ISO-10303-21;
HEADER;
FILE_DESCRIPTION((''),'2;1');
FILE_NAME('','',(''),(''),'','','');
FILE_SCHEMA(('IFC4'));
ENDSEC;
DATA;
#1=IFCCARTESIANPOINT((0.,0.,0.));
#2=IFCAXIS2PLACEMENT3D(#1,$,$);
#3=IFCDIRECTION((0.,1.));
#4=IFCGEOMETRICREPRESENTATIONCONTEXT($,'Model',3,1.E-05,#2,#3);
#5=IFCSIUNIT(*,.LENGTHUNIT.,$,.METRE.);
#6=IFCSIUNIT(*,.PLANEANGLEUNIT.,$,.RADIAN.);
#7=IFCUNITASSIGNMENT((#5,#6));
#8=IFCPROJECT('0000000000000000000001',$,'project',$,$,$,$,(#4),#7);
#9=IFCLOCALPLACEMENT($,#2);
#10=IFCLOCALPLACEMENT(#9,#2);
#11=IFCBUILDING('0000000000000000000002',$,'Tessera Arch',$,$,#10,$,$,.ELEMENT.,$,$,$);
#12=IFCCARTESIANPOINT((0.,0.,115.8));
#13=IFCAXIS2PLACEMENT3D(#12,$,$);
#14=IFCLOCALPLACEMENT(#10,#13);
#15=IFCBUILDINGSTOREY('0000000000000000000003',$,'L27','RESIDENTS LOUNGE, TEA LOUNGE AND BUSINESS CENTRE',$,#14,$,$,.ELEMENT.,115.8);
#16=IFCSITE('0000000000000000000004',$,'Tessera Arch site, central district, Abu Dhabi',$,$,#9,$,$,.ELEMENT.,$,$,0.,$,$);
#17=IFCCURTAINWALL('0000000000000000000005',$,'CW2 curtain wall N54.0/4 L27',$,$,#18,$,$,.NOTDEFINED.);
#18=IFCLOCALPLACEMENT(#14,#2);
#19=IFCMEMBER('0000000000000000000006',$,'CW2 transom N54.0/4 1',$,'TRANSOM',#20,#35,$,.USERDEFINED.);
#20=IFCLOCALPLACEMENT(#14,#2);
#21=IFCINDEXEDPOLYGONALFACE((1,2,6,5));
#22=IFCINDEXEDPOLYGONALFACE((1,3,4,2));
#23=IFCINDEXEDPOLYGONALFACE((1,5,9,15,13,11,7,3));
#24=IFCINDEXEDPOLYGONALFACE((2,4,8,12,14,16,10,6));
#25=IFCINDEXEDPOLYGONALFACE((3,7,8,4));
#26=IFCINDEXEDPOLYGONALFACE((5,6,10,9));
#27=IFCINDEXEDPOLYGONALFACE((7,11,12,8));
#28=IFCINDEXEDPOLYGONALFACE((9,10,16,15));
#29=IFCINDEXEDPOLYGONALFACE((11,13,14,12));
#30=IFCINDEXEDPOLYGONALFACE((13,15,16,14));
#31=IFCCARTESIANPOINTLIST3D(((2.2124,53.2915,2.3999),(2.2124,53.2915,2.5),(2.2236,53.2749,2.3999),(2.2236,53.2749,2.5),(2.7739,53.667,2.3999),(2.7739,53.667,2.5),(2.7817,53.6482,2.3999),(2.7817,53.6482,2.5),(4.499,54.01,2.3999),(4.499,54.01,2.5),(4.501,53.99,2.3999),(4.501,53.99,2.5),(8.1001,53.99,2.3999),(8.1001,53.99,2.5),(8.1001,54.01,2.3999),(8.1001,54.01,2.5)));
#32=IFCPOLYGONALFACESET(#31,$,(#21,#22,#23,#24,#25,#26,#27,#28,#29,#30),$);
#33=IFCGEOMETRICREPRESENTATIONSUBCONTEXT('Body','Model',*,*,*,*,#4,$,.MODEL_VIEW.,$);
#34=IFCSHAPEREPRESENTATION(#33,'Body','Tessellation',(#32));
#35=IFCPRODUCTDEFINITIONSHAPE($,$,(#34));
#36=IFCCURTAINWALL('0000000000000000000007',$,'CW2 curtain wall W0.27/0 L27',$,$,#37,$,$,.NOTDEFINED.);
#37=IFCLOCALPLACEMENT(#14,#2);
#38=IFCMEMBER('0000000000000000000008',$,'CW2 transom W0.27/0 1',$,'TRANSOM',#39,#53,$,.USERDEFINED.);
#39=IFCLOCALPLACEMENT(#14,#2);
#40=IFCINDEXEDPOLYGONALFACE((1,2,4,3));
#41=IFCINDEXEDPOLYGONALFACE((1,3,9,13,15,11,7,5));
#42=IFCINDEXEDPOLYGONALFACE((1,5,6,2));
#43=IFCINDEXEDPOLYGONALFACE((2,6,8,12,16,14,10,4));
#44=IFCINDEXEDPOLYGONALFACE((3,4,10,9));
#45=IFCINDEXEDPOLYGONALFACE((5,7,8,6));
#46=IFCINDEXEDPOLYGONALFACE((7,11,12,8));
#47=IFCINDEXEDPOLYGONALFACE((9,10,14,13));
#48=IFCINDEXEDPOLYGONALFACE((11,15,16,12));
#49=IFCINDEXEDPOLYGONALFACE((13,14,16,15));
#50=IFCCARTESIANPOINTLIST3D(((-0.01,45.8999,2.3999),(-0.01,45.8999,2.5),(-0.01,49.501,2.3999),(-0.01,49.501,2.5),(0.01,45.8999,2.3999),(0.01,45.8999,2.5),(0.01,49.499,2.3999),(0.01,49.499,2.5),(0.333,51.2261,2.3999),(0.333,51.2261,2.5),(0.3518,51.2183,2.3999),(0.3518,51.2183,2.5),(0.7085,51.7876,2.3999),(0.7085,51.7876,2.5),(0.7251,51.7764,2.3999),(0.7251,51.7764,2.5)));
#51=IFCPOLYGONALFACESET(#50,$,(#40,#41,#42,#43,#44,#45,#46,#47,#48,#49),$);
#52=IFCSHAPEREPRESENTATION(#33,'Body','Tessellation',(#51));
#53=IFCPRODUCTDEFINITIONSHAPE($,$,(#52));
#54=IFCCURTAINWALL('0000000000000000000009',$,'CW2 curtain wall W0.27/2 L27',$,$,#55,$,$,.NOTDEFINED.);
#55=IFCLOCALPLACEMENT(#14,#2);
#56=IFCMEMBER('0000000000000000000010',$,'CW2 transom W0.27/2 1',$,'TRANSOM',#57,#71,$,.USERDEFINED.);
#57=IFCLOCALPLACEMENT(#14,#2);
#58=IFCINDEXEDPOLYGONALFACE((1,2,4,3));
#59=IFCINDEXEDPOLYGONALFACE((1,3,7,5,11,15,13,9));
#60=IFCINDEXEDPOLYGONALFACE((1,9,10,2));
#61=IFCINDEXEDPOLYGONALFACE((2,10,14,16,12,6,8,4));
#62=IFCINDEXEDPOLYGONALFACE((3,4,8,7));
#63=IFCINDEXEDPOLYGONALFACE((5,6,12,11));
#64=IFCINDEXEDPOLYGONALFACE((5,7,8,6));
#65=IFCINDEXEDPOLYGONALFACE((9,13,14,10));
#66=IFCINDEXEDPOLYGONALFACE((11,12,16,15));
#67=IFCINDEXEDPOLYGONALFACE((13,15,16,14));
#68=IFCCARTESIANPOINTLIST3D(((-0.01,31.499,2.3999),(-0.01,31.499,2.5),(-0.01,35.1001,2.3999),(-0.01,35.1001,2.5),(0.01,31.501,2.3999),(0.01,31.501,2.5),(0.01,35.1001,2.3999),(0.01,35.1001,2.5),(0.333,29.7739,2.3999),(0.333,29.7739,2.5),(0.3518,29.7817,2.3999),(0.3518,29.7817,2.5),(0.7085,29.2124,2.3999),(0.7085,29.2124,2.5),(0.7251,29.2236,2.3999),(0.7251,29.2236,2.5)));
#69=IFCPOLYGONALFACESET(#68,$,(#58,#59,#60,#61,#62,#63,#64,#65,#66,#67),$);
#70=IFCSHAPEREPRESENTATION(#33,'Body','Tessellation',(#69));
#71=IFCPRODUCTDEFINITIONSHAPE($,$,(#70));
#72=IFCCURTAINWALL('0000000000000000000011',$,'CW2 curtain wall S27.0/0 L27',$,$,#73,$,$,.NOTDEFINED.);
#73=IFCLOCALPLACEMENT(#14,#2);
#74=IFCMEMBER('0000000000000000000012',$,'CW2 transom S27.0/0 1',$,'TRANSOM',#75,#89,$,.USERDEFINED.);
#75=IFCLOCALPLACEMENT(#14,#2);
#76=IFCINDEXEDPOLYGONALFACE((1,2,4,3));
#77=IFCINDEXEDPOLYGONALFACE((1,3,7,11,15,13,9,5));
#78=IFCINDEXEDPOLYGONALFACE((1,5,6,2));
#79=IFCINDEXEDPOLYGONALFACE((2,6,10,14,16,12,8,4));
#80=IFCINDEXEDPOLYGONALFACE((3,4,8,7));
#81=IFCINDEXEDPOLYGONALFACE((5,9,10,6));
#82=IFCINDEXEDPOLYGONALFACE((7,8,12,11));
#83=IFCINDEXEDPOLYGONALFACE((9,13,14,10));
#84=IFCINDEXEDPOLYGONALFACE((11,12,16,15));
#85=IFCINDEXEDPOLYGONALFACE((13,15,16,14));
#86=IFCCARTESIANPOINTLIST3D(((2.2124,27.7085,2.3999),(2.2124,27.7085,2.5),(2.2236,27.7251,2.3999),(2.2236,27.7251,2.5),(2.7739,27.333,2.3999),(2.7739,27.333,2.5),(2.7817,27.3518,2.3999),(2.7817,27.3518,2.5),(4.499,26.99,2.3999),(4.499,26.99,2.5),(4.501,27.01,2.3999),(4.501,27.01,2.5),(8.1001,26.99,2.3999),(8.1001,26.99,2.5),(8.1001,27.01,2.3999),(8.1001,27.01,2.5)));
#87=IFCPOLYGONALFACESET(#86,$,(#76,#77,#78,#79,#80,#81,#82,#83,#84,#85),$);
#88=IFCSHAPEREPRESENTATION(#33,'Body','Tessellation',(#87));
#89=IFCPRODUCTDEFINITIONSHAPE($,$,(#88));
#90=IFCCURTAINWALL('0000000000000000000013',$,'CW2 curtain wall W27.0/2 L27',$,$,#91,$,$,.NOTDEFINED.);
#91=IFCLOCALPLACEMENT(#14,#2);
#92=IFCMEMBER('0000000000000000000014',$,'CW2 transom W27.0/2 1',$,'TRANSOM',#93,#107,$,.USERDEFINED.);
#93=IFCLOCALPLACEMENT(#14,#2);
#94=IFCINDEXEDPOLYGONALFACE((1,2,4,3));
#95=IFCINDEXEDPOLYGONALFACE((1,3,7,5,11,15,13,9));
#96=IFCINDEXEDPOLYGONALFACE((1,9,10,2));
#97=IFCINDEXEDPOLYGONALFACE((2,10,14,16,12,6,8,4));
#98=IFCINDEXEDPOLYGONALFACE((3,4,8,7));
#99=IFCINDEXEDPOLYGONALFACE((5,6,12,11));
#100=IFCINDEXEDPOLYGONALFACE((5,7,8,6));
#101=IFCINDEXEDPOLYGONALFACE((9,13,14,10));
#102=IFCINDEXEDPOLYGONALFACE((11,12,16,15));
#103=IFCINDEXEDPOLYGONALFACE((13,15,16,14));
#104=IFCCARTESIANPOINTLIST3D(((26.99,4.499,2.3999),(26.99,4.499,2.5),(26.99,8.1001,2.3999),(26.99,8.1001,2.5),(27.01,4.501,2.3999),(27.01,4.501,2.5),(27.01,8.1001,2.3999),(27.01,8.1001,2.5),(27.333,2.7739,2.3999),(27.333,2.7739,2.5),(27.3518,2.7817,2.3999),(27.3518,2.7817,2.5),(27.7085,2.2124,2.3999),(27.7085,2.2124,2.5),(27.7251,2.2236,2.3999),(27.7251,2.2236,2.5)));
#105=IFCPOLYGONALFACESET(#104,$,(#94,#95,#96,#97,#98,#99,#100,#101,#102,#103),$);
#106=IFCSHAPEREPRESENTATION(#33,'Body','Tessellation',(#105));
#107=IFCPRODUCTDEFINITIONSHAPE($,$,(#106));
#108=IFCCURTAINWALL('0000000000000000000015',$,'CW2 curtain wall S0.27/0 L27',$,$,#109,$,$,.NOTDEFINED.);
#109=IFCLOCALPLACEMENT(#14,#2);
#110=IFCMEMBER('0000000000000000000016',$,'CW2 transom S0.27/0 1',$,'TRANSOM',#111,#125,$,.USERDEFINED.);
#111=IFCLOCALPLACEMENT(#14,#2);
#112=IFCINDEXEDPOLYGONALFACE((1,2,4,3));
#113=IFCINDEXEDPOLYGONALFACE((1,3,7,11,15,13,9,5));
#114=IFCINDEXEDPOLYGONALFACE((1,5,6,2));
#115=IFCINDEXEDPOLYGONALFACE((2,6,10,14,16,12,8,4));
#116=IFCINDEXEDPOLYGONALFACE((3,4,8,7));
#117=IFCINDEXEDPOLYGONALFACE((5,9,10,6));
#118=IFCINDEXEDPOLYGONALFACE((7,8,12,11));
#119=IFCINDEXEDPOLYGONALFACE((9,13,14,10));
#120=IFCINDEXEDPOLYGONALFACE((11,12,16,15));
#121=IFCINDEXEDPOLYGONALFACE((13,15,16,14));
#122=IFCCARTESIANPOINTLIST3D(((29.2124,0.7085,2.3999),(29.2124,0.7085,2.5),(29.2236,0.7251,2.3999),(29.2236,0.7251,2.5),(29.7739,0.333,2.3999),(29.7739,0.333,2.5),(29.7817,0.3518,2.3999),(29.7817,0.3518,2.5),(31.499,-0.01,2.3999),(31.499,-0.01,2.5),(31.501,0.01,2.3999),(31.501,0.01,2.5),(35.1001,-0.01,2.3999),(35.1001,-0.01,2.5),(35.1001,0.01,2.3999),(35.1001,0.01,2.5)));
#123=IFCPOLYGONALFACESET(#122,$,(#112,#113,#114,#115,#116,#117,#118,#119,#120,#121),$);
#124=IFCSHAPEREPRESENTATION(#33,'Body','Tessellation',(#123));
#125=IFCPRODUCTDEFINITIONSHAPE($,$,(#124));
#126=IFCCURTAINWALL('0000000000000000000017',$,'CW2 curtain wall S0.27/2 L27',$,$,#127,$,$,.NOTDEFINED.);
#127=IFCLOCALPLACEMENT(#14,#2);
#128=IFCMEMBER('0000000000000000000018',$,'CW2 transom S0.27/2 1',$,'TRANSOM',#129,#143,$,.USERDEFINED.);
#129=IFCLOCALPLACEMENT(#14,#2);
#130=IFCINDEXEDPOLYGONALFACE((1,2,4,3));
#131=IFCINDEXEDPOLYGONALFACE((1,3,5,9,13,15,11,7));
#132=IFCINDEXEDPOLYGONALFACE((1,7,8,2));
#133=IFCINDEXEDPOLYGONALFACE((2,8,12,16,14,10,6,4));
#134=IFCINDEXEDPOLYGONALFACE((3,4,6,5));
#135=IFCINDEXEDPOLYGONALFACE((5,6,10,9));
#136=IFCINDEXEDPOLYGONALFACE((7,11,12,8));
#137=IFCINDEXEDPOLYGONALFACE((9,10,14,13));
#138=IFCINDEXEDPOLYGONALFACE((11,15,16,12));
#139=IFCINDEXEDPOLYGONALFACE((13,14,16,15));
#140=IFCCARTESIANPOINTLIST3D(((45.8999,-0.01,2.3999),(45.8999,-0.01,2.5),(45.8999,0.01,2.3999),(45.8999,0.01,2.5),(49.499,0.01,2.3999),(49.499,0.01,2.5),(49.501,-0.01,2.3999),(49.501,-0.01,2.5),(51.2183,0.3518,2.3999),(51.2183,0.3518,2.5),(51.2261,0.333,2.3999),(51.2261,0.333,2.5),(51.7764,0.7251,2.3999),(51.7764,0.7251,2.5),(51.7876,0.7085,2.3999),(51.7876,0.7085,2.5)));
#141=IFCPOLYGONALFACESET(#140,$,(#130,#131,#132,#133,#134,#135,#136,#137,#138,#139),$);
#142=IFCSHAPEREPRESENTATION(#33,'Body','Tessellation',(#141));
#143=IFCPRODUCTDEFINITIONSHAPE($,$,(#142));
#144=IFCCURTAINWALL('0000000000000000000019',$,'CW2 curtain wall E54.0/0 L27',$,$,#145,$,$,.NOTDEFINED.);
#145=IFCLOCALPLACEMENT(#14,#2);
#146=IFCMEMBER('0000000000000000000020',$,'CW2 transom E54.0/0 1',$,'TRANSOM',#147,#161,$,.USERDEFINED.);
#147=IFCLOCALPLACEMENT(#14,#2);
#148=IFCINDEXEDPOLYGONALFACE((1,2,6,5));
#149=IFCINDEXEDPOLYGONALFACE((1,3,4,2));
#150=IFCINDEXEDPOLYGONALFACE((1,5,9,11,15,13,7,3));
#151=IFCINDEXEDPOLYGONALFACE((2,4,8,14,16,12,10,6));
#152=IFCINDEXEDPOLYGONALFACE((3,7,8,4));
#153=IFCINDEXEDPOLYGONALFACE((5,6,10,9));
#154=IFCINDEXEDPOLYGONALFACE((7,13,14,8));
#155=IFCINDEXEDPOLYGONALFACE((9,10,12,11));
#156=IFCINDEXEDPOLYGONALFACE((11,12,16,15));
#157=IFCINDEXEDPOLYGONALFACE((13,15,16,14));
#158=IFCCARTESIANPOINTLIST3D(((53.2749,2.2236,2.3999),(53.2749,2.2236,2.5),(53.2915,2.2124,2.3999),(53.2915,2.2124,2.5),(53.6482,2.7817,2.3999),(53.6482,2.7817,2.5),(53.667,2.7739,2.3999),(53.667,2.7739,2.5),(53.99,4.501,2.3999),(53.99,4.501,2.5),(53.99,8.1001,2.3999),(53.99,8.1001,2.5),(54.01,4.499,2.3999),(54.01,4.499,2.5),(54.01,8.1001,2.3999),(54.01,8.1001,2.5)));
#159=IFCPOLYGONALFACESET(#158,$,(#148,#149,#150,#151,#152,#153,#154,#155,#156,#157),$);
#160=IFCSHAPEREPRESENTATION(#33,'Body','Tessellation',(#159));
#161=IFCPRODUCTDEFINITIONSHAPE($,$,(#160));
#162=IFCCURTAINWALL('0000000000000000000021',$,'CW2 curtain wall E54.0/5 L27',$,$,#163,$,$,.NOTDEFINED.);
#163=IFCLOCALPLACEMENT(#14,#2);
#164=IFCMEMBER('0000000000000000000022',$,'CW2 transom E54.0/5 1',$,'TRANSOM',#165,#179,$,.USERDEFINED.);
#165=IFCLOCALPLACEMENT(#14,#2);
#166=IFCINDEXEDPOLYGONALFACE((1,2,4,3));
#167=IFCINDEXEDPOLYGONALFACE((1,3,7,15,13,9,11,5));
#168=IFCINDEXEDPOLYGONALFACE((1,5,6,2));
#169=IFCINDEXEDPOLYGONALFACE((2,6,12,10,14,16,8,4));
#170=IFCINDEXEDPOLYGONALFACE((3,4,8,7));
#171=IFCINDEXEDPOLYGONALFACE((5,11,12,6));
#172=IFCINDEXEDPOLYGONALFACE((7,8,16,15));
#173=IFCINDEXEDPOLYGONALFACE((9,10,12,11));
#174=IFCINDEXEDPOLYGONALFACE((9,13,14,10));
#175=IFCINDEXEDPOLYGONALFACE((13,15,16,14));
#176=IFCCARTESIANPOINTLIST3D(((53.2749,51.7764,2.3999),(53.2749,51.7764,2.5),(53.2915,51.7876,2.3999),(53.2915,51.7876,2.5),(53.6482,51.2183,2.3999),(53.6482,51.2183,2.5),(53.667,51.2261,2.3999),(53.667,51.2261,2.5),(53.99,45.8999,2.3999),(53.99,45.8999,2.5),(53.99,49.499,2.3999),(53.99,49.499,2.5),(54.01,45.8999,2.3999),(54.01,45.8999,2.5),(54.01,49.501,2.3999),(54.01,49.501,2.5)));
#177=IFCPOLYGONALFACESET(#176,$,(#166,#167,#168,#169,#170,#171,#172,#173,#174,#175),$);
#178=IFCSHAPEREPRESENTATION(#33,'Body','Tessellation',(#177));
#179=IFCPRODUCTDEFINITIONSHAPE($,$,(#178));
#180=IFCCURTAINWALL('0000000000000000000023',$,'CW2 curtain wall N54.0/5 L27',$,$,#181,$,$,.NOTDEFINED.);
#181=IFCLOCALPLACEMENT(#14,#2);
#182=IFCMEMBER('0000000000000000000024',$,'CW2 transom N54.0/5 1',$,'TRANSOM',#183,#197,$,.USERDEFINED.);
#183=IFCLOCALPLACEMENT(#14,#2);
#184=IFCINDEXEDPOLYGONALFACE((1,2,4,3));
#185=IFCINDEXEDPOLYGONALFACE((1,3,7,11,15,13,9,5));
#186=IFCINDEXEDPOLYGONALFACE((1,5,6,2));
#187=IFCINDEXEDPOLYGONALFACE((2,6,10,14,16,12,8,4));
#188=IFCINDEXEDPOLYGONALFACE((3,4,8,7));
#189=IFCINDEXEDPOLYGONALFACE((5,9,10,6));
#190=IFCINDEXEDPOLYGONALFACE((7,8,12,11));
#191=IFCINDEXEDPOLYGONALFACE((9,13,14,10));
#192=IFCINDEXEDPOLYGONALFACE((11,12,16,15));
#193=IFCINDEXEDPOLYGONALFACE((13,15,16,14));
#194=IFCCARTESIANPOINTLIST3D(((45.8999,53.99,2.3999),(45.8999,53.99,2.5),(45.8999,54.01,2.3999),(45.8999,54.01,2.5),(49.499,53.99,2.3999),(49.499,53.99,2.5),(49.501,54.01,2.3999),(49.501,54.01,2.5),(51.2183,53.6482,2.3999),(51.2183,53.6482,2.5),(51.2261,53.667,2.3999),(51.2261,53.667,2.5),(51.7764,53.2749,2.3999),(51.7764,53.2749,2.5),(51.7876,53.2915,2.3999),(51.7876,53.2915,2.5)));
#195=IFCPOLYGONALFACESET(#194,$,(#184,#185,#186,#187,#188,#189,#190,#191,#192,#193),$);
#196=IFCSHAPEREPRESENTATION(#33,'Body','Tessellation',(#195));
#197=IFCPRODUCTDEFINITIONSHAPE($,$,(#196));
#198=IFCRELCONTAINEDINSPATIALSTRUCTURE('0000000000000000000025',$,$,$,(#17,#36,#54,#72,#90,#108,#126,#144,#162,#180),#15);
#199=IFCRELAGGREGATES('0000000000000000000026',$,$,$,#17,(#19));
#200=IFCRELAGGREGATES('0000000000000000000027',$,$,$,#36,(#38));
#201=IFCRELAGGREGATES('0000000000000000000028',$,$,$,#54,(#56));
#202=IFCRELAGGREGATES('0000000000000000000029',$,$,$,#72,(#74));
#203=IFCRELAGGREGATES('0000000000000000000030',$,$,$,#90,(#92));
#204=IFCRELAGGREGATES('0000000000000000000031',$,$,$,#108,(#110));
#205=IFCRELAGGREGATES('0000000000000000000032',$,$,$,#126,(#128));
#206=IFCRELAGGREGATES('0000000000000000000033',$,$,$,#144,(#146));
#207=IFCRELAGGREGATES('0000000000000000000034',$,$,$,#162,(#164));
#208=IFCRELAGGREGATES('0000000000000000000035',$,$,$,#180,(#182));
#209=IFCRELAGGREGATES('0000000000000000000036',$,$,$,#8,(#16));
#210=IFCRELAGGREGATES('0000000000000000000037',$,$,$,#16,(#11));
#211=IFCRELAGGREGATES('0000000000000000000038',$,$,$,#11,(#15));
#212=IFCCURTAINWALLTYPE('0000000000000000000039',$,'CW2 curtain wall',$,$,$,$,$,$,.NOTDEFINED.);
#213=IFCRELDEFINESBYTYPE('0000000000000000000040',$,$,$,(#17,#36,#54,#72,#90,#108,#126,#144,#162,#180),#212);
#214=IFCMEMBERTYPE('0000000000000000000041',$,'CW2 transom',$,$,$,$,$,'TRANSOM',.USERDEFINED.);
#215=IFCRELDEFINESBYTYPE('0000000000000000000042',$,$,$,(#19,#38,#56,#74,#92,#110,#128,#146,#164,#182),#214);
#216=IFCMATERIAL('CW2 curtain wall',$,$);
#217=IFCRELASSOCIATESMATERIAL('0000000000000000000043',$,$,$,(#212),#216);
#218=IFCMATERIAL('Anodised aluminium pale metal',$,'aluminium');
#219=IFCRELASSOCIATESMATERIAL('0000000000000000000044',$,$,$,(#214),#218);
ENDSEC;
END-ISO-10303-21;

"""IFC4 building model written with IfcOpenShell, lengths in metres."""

from ifc_helpers import new_model, si_unit, direction, frame, origin, origin_2d, place, context, subcontext, project, spatial, polyline, rectangle, outline, extrude, material, material_profile, profile_set, type_object, element, aggregate, save


model = new_model("IFC4")

# Units and contexts
model_context = context("Model", 3, precision=1e-05, world=origin(), true_north=direction((0.0, 1.0)))
body_context = subcontext(model_context, "Body", "Model", "MODEL_VIEW")
ifc_project = project(units=[si_unit("LENGTHUNIT", "METRE"), si_unit("PLANEANGLEUNIT", "RADIAN")], contexts=[model_context])

# Site, building, storey
site_placement = place(None, origin())
site = spatial("IfcSite", under=ifc_project, at=site_placement, Name="Tessera Arch site, central district, Abu Dhabi", CompositionType="ELEMENT", RefElevation=0.0)
building_placement = place(site_placement, origin())
building = spatial("IfcBuilding", under=site, at=building_placement, Name="Tessera Arch", CompositionType="ELEMENT")
storey_placement = place(building_placement, frame((0.0, 0.0, 115.8)))
storey = spatial("IfcBuildingStorey", under=building, at=storey_placement, Name="L27", Description="RESIDENTS LOUNGE, TEA LOUNGE AND BUSINESS CENTRE", CompositionType="ELEMENT", Elevation=115.8)

# Curtain walls, members
ifc_material_1 = material(Name="CW2 curtain wall")
curtain_wall_type = type_object("IfcCurtainWallType", Name="CW2 curtain wall", PredefinedType="NOTDEFINED", material=ifc_material_1)
curtain_wall_1_placement = place(storey_placement, origin())
curtain_wall_1 = element("IfcCurtainWall", 1, at=curtain_wall_1_placement, inside=storey, type_object=curtain_wall_type, Name="CW2 curtain wall N54.0/4 L27", PredefinedType="NOTDEFINED")
ifc_material_2 = material(Name="Anodised aluminium pale metal", Category="aluminium")
ifc_material_profile = material_profile(ifc_material_2, rectangle(XDim=0.2, YDim=0.1001, at=origin_2d()), Name="AL 200x100")
ifc_profile_set = profile_set([ifc_material_profile], Name="Anodised aluminium pale metal")
member_type = type_object("IfcMemberType", Name="CW2 transom", ElementType="TRANSOM", PredefinedType="USERDEFINED", material=ifc_profile_set)
member_1_placement = place(storey_placement, frame((0.0, 0.0, 2.3999)))
member_1 = element("IfcMember", 2, at=member_1_placement, type_object=member_type, Name="CW2 transom N54.0/4 1", ObjectType="TRANSOM", PredefinedType="USERDEFINED", context=body_context, shape_type="SweptSolid", body=[
    extrude(outline(polyline([(4.501, 53.99), (8.1001, 53.99), (8.1001, 54.01), (4.499, 54.01), (2.7739, 53.667), (2.2124, 53.2915), (2.2236, 53.2749), (2.7817, 53.6482), (4.501, 53.99)])), origin(), (0.0, 0.0, 1.0), 0.1001),
])
curtain_wall_2_placement = place(storey_placement, origin())
curtain_wall_2 = element("IfcCurtainWall", 3, at=curtain_wall_2_placement, inside=storey, type_object=curtain_wall_type, Name="CW2 curtain wall W0.27/0 L27", PredefinedType="NOTDEFINED")
member_2_placement = place(storey_placement, frame((0.0, 0.0, 2.3999)))
member_2 = element("IfcMember", 4, at=member_2_placement, type_object=member_type, Name="CW2 transom W0.27/0 1", ObjectType="TRANSOM", PredefinedType="USERDEFINED", context=body_context, shape_type="SweptSolid", body=[
    extrude(outline(polyline([(0.3518, 51.2183), (0.7251, 51.7764), (0.7085, 51.7876), (0.333, 51.2261), (-0.01, 49.501), (-0.01, 45.8999), (0.01, 45.8999), (0.01, 49.499), (0.3518, 51.2183)])), origin(), (0.0, 0.0, 1.0), 0.1001),
])
curtain_wall_3_placement = place(storey_placement, origin())
curtain_wall_3 = element("IfcCurtainWall", 5, at=curtain_wall_3_placement, inside=storey, type_object=curtain_wall_type, Name="CW2 curtain wall W0.27/2 L27", PredefinedType="NOTDEFINED")
member_3_placement = place(storey_placement, frame((0.0, 0.0, 2.3999)))
member_3 = element("IfcMember", 6, at=member_3_placement, type_object=member_type, Name="CW2 transom W0.27/2 1", ObjectType="TRANSOM", PredefinedType="USERDEFINED", context=body_context, shape_type="SweptSolid", body=[
    extrude(outline(polyline([(0.01, 31.501), (0.01, 35.1001), (-0.01, 35.1001), (-0.01, 31.499), (0.333, 29.7739), (0.7085, 29.2124), (0.7251, 29.2236), (0.3518, 29.7817), (0.01, 31.501)])), origin(), (0.0, 0.0, 1.0), 0.1001),
])
curtain_wall_4_placement = place(storey_placement, origin())
curtain_wall_4 = element("IfcCurtainWall", 7, at=curtain_wall_4_placement, inside=storey, type_object=curtain_wall_type, Name="CW2 curtain wall S27.0/0 L27", PredefinedType="NOTDEFINED")
member_4_placement = place(storey_placement, frame((0.0, 0.0, 2.3999)))
member_4 = element("IfcMember", 8, at=member_4_placement, type_object=member_type, Name="CW2 transom S27.0/0 1", ObjectType="TRANSOM", PredefinedType="USERDEFINED", context=body_context, shape_type="SweptSolid", body=[
    extrude(outline(polyline([(2.7817, 27.3518), (2.2236, 27.7251), (2.2124, 27.7085), (2.7739, 27.333), (4.499, 26.99), (8.1001, 26.99), (8.1001, 27.01), (4.501, 27.01), (2.7817, 27.3518)])), origin(), (0.0, 0.0, 1.0), 0.1001),
])
curtain_wall_5_placement = place(storey_placement, origin())
curtain_wall_5 = element("IfcCurtainWall", 9, at=curtain_wall_5_placement, inside=storey, type_object=curtain_wall_type, Name="CW2 curtain wall W27.0/2 L27", PredefinedType="NOTDEFINED")
member_5_placement = place(storey_placement, frame((0.0, 0.0, 2.3999)))
member_5 = element("IfcMember", 10, at=member_5_placement, type_object=member_type, Name="CW2 transom W27.0/2 1", ObjectType="TRANSOM", PredefinedType="USERDEFINED", context=body_context, shape_type="SweptSolid", body=[
    extrude(outline(polyline([(27.01, 4.501), (27.01, 8.1001), (26.99, 8.1001), (26.99, 4.499), (27.333, 2.7739), (27.7085, 2.2124), (27.7251, 2.2236), (27.3518, 2.7817), (27.01, 4.501)])), origin(), (0.0, 0.0, 1.0), 0.1001),
])
curtain_wall_6_placement = place(storey_placement, origin())
curtain_wall_6 = element("IfcCurtainWall", 11, at=curtain_wall_6_placement, inside=storey, type_object=curtain_wall_type, Name="CW2 curtain wall S0.27/0 L27", PredefinedType="NOTDEFINED")
member_6_placement = place(storey_placement, frame((0.0, 0.0, 2.3999)))
member_6 = element("IfcMember", 12, at=member_6_placement, type_object=member_type, Name="CW2 transom S0.27/0 1", ObjectType="TRANSOM", PredefinedType="USERDEFINED", context=body_context, shape_type="SweptSolid", body=[
    extrude(outline(polyline([(29.7817, 0.3518), (29.2236, 0.7251), (29.2124, 0.7085), (29.7739, 0.333), (31.499, -0.01), (35.1001, -0.01), (35.1001, 0.01), (31.501, 0.01), (29.7817, 0.3518)])), origin(), (0.0, 0.0, 1.0), 0.1001),
])
curtain_wall_7_placement = place(storey_placement, origin())
curtain_wall_7 = element("IfcCurtainWall", 13, at=curtain_wall_7_placement, inside=storey, type_object=curtain_wall_type, Name="CW2 curtain wall S0.27/2 L27", PredefinedType="NOTDEFINED")
member_7_placement = place(storey_placement, frame((0.0, 0.0, 2.3999)))
member_7 = element("IfcMember", 14, at=member_7_placement, type_object=member_type, Name="CW2 transom S0.27/2 1", ObjectType="TRANSOM", PredefinedType="USERDEFINED", context=body_context, shape_type="SweptSolid", body=[
    extrude(outline(polyline([(49.499, 0.01), (45.8999, 0.01), (45.8999, -0.01), (49.501, -0.01), (51.2261, 0.333), (51.7876, 0.7085), (51.7764, 0.7251), (51.2183, 0.3518), (49.499, 0.01)])), origin(), (0.0, 0.0, 1.0), 0.1001),
])
curtain_wall_8_placement = place(storey_placement, origin())
curtain_wall_8 = element("IfcCurtainWall", 15, at=curtain_wall_8_placement, inside=storey, type_object=curtain_wall_type, Name="CW2 curtain wall E54.0/0 L27", PredefinedType="NOTDEFINED")
member_8_placement = place(storey_placement, frame((0.0, 0.0, 2.3999)))
member_8 = element("IfcMember", 16, at=member_8_placement, type_object=member_type, Name="CW2 transom E54.0/0 1", ObjectType="TRANSOM", PredefinedType="USERDEFINED", context=body_context, shape_type="SweptSolid", body=[
    extrude(outline(polyline([(53.6482, 2.7817), (53.2749, 2.2236), (53.2915, 2.2124), (53.667, 2.7739), (54.01, 4.499), (54.01, 8.1001), (53.99, 8.1001), (53.99, 4.501), (53.6482, 2.7817)])), origin(), (0.0, 0.0, 1.0), 0.1001),
])
curtain_wall_9_placement = place(storey_placement, origin())
curtain_wall_9 = element("IfcCurtainWall", 17, at=curtain_wall_9_placement, inside=storey, type_object=curtain_wall_type, Name="CW2 curtain wall E54.0/5 L27", PredefinedType="NOTDEFINED")
member_9_placement = place(storey_placement, frame((0.0, 0.0, 2.3999)))
member_9 = element("IfcMember", 18, at=member_9_placement, type_object=member_type, Name="CW2 transom E54.0/5 1", ObjectType="TRANSOM", PredefinedType="USERDEFINED", context=body_context, shape_type="SweptSolid", body=[
    extrude(outline(polyline([(53.99, 49.499), (53.99, 45.8999), (54.01, 45.8999), (54.01, 49.501), (53.667, 51.2261), (53.2915, 51.7876), (53.2749, 51.7764), (53.6482, 51.2183), (53.99, 49.499)])), origin(), (0.0, 0.0, 1.0), 0.1001),
])
curtain_wall_10_placement = place(storey_placement, origin())
curtain_wall_10 = element("IfcCurtainWall", 19, at=curtain_wall_10_placement, inside=storey, type_object=curtain_wall_type, Name="CW2 curtain wall N54.0/5 L27", PredefinedType="NOTDEFINED")
member_10_placement = place(storey_placement, frame((0.0, 0.0, 2.3999)))
member_10 = element("IfcMember", 20, at=member_10_placement, type_object=member_type, Name="CW2 transom N54.0/5 1", ObjectType="TRANSOM", PredefinedType="USERDEFINED", context=body_context, shape_type="SweptSolid", body=[
    extrude(outline(polyline([(51.2183, 53.6482), (51.7764, 53.2749), (51.7876, 53.2915), (51.2261, 53.667), (49.501, 54.01), (45.8999, 54.01), (45.8999, 53.99), (49.499, 53.99), (51.2183, 53.6482)])), origin(), (0.0, 0.0, 1.0), 0.1001),
])

aggregate(curtain_wall_1, [member_1])
aggregate(curtain_wall_2, [member_2])
aggregate(curtain_wall_3, [member_3])
aggregate(curtain_wall_4, [member_4])
aggregate(curtain_wall_5, [member_5])
aggregate(curtain_wall_6, [member_6])
aggregate(curtain_wall_7, [member_7])
aggregate(curtain_wall_8, [member_8])
aggregate(curtain_wall_9, [member_9])
aggregate(curtain_wall_10, [member_10])

save(model, "model.ifc")
